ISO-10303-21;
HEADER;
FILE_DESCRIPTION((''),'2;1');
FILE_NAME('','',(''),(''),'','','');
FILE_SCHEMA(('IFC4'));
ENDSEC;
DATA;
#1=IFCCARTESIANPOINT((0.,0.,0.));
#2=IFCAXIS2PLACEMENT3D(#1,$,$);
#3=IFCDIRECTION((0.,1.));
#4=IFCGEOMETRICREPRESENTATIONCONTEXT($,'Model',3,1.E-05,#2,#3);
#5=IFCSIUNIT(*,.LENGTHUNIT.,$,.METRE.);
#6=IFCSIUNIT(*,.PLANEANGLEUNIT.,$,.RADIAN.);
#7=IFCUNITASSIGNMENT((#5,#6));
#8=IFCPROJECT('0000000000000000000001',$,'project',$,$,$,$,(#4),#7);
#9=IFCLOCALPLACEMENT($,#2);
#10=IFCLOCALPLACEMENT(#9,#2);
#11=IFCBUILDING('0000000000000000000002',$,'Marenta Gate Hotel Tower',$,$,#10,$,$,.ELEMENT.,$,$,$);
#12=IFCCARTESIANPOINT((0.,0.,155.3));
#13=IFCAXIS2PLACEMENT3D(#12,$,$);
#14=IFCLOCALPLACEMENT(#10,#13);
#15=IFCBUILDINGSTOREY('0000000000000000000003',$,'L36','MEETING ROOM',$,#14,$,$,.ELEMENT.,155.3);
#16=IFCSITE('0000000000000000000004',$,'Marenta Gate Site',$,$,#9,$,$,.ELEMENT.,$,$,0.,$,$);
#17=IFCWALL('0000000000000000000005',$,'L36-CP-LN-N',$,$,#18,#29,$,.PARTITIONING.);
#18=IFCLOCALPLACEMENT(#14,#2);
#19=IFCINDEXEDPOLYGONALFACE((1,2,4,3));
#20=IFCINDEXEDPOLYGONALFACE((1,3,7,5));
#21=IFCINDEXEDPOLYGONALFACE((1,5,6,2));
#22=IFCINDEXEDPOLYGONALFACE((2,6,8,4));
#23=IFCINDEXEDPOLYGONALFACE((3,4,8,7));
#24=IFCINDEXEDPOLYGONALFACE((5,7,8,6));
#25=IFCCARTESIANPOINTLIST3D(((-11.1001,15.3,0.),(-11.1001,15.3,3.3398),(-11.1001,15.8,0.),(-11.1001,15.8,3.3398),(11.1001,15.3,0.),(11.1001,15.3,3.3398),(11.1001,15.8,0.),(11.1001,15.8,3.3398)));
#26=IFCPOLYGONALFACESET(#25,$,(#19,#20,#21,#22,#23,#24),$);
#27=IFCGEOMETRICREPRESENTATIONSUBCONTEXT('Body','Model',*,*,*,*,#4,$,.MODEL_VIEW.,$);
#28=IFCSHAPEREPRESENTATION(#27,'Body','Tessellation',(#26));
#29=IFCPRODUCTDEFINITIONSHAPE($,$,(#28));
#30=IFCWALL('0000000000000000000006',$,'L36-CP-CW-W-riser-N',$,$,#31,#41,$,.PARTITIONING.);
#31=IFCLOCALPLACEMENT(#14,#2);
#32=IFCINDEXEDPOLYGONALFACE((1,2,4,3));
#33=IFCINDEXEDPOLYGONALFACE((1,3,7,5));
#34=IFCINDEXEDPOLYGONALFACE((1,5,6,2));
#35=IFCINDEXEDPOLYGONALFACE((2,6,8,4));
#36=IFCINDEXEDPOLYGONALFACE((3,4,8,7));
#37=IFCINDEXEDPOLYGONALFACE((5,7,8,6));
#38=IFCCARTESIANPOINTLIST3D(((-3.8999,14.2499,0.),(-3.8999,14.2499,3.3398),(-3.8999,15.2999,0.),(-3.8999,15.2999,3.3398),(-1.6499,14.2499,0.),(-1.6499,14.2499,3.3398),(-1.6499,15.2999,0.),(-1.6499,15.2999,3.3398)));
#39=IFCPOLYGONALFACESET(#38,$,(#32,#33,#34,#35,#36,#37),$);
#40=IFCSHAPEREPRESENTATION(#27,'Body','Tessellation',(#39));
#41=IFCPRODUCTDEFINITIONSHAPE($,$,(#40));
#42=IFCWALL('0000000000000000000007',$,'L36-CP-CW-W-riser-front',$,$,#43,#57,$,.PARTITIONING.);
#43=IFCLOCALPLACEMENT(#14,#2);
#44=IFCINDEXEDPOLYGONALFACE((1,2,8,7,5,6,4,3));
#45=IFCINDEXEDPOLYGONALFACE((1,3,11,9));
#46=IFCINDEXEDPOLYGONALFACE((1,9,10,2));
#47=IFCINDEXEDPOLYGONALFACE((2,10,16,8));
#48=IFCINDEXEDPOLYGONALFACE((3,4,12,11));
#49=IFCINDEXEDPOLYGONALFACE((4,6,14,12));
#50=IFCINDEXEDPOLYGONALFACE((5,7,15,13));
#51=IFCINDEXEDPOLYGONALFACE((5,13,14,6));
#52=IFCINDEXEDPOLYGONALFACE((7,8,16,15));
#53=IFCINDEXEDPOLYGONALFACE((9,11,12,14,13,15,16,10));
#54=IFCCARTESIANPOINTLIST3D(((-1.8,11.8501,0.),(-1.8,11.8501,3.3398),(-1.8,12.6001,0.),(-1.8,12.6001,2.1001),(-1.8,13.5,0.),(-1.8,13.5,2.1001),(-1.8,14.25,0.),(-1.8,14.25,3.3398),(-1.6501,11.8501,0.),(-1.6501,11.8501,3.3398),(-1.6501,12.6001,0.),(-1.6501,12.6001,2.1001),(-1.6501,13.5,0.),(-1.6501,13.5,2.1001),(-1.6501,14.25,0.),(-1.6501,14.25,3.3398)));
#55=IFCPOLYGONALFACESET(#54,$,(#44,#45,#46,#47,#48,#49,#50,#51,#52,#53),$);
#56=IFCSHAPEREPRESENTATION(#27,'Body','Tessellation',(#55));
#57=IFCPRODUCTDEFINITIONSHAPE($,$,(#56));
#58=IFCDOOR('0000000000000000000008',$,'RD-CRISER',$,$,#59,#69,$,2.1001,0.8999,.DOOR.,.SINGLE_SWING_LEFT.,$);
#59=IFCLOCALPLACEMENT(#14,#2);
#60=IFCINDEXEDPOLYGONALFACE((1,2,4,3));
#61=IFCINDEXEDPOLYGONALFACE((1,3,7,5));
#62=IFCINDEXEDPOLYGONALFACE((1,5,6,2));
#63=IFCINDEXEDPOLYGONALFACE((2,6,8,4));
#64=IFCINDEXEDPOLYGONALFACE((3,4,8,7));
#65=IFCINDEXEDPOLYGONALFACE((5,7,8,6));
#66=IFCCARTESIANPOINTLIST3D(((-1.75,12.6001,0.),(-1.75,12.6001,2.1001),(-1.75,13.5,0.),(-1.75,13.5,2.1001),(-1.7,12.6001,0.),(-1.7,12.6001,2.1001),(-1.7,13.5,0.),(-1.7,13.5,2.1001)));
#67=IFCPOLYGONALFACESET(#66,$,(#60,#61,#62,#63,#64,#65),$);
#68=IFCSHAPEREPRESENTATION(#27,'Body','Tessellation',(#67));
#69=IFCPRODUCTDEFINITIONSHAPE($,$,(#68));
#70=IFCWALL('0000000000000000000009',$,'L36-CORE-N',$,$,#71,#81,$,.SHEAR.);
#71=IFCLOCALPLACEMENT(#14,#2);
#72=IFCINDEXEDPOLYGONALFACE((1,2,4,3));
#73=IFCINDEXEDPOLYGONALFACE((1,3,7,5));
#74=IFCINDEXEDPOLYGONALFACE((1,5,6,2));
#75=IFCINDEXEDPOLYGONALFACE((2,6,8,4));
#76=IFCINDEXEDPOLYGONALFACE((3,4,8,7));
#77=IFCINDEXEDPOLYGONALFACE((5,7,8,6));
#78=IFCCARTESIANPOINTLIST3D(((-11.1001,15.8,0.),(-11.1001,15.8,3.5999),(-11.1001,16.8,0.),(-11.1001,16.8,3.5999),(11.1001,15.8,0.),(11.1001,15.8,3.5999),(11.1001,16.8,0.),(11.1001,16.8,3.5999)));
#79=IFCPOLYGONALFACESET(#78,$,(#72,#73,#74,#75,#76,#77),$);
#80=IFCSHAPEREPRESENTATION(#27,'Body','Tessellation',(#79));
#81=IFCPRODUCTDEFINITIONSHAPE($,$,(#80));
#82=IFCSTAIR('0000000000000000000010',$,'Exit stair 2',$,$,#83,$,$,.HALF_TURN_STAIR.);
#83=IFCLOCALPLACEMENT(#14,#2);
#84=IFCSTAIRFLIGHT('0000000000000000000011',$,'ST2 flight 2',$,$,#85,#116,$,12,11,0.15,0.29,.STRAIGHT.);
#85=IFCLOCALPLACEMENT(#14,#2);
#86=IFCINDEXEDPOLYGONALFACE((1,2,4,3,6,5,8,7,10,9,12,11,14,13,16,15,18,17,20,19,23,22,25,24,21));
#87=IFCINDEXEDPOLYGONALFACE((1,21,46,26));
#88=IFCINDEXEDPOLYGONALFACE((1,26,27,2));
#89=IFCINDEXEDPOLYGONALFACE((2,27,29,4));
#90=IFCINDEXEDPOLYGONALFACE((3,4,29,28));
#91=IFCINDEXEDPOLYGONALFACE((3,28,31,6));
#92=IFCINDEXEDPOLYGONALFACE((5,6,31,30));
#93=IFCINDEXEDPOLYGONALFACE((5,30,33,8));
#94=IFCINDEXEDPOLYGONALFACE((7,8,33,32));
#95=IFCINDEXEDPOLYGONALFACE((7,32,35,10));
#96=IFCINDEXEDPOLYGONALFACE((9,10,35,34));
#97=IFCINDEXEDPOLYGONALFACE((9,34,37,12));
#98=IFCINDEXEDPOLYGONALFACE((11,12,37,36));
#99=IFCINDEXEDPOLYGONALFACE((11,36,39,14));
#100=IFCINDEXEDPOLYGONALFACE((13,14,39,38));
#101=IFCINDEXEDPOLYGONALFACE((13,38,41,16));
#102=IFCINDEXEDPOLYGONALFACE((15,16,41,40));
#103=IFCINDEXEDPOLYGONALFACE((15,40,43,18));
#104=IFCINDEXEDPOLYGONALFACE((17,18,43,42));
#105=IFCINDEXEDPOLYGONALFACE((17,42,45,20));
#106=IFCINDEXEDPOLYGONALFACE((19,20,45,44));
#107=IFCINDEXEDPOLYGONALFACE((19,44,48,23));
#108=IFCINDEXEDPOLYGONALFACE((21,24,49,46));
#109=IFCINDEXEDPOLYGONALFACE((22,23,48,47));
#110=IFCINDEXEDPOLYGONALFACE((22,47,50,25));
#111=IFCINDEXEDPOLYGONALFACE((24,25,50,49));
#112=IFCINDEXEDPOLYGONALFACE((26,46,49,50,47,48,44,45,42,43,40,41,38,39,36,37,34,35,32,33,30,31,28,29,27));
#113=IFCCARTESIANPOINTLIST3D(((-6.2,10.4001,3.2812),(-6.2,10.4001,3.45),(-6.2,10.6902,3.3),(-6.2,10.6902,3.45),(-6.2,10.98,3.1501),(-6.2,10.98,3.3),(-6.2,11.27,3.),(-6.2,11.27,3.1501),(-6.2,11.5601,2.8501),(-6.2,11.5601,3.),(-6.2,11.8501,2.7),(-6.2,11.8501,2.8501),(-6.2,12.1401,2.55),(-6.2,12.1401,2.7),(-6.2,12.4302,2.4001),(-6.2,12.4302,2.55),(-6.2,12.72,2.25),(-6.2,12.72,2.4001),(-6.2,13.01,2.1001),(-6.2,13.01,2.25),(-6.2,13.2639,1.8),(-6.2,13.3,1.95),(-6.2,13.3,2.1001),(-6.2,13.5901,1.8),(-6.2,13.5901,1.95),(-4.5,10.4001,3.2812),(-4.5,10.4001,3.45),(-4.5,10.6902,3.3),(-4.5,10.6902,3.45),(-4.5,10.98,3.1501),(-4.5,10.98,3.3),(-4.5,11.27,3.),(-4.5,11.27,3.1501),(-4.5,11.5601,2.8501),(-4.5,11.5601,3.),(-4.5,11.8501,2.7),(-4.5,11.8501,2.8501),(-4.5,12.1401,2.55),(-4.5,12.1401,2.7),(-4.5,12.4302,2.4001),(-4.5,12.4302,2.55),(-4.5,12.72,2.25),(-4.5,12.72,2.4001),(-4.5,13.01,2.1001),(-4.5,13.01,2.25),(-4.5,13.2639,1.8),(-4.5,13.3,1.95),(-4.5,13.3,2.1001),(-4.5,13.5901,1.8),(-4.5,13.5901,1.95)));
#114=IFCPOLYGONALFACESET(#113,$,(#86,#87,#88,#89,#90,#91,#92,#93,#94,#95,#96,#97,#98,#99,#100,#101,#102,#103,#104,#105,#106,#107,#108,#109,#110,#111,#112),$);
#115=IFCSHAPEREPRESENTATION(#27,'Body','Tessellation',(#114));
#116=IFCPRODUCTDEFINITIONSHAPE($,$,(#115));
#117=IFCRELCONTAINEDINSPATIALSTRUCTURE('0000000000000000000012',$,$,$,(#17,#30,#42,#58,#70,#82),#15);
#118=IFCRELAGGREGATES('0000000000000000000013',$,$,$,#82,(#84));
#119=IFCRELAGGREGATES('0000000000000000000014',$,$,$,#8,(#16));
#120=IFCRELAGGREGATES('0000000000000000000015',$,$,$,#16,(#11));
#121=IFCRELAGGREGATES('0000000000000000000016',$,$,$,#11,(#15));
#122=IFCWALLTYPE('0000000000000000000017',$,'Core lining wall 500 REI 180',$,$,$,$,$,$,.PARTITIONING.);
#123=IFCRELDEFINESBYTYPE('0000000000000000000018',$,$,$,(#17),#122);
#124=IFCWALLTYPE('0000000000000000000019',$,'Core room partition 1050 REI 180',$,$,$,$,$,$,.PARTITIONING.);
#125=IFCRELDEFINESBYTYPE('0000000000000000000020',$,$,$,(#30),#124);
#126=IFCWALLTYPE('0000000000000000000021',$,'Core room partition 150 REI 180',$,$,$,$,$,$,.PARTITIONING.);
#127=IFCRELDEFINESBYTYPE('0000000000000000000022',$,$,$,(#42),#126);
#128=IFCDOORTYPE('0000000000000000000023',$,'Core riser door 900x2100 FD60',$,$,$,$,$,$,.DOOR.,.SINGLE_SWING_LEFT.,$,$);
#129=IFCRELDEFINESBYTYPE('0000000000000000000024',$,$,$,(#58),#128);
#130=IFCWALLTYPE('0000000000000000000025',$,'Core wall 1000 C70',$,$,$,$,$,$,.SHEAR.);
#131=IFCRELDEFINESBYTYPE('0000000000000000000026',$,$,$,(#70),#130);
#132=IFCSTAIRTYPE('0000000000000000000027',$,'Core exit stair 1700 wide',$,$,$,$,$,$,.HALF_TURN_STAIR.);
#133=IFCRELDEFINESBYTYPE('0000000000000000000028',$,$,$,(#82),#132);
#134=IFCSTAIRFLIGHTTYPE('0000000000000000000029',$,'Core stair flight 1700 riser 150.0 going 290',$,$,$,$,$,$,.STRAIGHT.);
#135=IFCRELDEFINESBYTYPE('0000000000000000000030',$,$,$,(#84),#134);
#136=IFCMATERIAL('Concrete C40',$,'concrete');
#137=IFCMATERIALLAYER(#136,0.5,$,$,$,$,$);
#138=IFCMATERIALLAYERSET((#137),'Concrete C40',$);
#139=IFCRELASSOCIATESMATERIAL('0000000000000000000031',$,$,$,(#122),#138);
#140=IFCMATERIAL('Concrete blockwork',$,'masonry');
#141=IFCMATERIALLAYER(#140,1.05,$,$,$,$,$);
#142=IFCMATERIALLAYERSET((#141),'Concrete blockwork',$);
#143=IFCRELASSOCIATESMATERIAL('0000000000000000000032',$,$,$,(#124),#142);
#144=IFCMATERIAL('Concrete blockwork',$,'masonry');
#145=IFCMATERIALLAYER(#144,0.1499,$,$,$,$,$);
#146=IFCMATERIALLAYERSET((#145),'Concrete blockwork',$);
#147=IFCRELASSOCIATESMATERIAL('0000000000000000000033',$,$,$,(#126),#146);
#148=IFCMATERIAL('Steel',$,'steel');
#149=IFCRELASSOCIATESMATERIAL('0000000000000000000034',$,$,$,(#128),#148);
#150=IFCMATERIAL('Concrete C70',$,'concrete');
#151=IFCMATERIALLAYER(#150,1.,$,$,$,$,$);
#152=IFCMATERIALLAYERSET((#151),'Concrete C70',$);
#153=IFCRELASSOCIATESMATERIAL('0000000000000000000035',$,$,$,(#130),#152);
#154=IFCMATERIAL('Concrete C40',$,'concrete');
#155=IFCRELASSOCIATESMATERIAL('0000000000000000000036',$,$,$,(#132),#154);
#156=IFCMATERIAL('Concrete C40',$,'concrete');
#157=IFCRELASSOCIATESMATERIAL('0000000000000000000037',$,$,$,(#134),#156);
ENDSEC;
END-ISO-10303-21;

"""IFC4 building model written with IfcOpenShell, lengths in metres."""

from ifc_helpers import new_model, si_unit, direction, frame, frame_2d, origin, place, context, subcontext, project, spatial, polyline, rectangle, outline, extrude, material, layer, layer_set, type_object, element, fill, aggregate, save


model = new_model("IFC4")

# Units and contexts
model_context = context("Model", 3, precision=1e-05, world=origin(), true_north=direction((0.0, 1.0)))
body_context = subcontext(model_context, "Body", "Model", "MODEL_VIEW")
ifc_project = project(units=[si_unit("LENGTHUNIT", "METRE"), si_unit("PLANEANGLEUNIT", "RADIAN")], contexts=[model_context])

# Site, building, storey
site_placement = place(None, origin())
site = spatial("IfcSite", under=ifc_project, at=site_placement, Name="Marenta Gate Site", CompositionType="ELEMENT", RefElevation=0.0)
building_placement = place(site_placement, origin())
building = spatial("IfcBuilding", under=site, at=building_placement, Name="Marenta Gate Hotel Tower", CompositionType="ELEMENT")
storey_placement = place(building_placement, frame((0.0, 0.0, 155.3)))
storey = spatial("IfcBuildingStorey", under=building, at=storey_placement, Name="L36", Description="MEETING ROOM", CompositionType="ELEMENT", Elevation=155.3)

# Walls
ifc_material_1 = material(Name="Concrete C40", Category="concrete")
ifc_layer_1 = layer(ifc_material_1, 0.5)
ifc_layer_set_1 = layer_set([ifc_layer_1], Name="Concrete C40")
wall_type_1 = type_object("IfcWallType", Name="Core lining wall 500 REI 180", PredefinedType="PARTITIONING", material=ifc_layer_set_1)
wall_1_placement = place(storey_placement, frame((-11.1001, 15.55, 0.0), z_axis=(0.0, 0.0, 1.0), x_axis=(1.0, 0.0, 0.0)))
element("IfcWall", 1, at=wall_1_placement, inside=storey, type_object=wall_type_1, Name="L36-CP-LN-N", PredefinedType="PARTITIONING", context=body_context, shape_type="SweptSolid", body=[
    extrude(rectangle(XDim=22.2002, YDim=0.5, at=frame_2d((11.1001, 0.0))), origin(), (0.0, 0.0, 1.0), 3.3398),
])
ifc_material_2 = material(Name="Concrete blockwork", Category="masonry")
ifc_layer_2 = layer(ifc_material_2, 1.05)
ifc_layer_set_2 = layer_set([ifc_layer_2], Name="Concrete blockwork")
wall_type_2 = type_object("IfcWallType", Name="Core room partition 1050 REI 180", PredefinedType="PARTITIONING", material=ifc_layer_set_2)
wall_2_placement = place(storey_placement, frame((-3.8999, 14.7749, 0.0), z_axis=(0.0, 0.0, 1.0), x_axis=(1.0, 0.0, 0.0)))
element("IfcWall", 2, at=wall_2_placement, inside=storey, type_object=wall_type_2, Name="L36-CP-CW-W-riser-N", PredefinedType="PARTITIONING", context=body_context, shape_type="SweptSolid", body=[
    extrude(rectangle(XDim=2.25, YDim=1.05, at=frame_2d((1.125, 0.0))), origin(), (0.0, 0.0, 1.0), 3.3398),
])

# Wall, opening, door
ifc_material_3 = material(Name="Concrete blockwork", Category="masonry")
ifc_layer_3 = layer(ifc_material_3, 0.1499)
ifc_layer_set_3 = layer_set([ifc_layer_3], Name="Concrete blockwork")
wall_type_3 = type_object("IfcWallType", Name="Core room partition 150 REI 180", PredefinedType="PARTITIONING", material=ifc_layer_set_3)
wall_3_placement = place(storey_placement, frame((-1.7251, 11.8501, 0.0), z_axis=(0.0, 0.0, 1.0), x_axis=(0.0, 1.0, 0.0)))
wall_3 = element("IfcWall", 3, at=wall_3_placement, inside=storey, type_object=wall_type_3, Name="L36-CP-CW-W-riser-front", PredefinedType="PARTITIONING", context=body_context, shape_type="SweptSolid", body=[
    extrude(rectangle(XDim=2.3999, YDim=0.1499, at=frame_2d((1.2, 0.0))), origin(), (0.0, 0.0, 1.0), 3.3398),
])
opening_1_placement = place(wall_3_placement, frame((0.75, 0.0, 0.0)))
opening_1 = element("IfcOpeningElement", 4, at=opening_1_placement, cuts=wall_3, PredefinedType="OPENING", context=body_context, shape_type="SweptSolid", body=[
    extrude(rectangle(XDim=0.8999, YDim=2.1001, at=frame_2d((0.45, 1.05))), frame((0.0, 0.075, 0.0), z_axis=(0.0, -1.0, 0.0), x_axis=(1.0, 0.0, 0.0)), (0.0, 0.0, 1.0), 0.1499),
])
ifc_material_4 = material(Name="Steel", Category="steel")
door_type_1 = type_object("IfcDoorType", Name="Core riser door 900x2100 FD60", OperationType="SINGLE_SWING_LEFT", PredefinedType="DOOR", material=ifc_material_4)
door_1_placement = place(opening_1_placement, origin())
door_1 = element("IfcDoor", 5, at=door_1_placement, inside=storey, type_object=door_type_1, Name="RD-CRISER", OperationType="SINGLE_SWING_LEFT", OverallHeight=2.1001, OverallWidth=0.8999, PredefinedType="DOOR", context=body_context, shape_type="SweptSolid", body=[
    extrude(rectangle(XDim=0.8999, YDim=2.1001, at=frame_2d((0.45, 1.05))), frame((0.0, 0.0249, 0.0), z_axis=(0.0, -1.0, 0.0), x_axis=(1.0, 0.0, 0.0)), (0.0, 0.0, 1.0), 0.05),
])
fill(opening_1, door_1)

# Wall
ifc_material_5 = material(Name="Concrete C70", Category="concrete")
ifc_layer_4 = layer(ifc_material_5, 1.0)
ifc_layer_set_4 = layer_set([ifc_layer_4], Name="Concrete C70")
wall_type_4 = type_object("IfcWallType", Name="Core wall 1000 C70", PredefinedType="SHEAR", material=ifc_layer_set_4)
wall_4_placement = place(storey_placement, frame((-11.1001, 16.3, 0.0), z_axis=(0.0, 0.0, 1.0), x_axis=(1.0, 0.0, 0.0)))
element("IfcWall", 6, at=wall_4_placement, inside=storey, type_object=wall_type_4, Name="L36-CORE-N", PredefinedType="SHEAR", context=body_context, shape_type="SweptSolid", body=[
    extrude(rectangle(XDim=22.2002, YDim=1.0, at=frame_2d((11.1001, 0.0))), origin(), (0.0, 0.0, 1.0), 3.5999),
])

# Stair, stair flight
ifc_material_6 = material(Name="Concrete C40", Category="concrete")
stair_type = type_object("IfcStairType", Name="Core exit stair 1700 wide", PredefinedType="HALF_TURN_STAIR", material=ifc_material_6)
stair_placement = place(storey_placement, origin())
stair = element("IfcStair", 7, at=stair_placement, inside=storey, type_object=stair_type, Name="Exit stair 2", PredefinedType="HALF_TURN_STAIR")
ifc_material_7 = material(Name="Concrete C40", Category="concrete")
stair_flight_type = type_object("IfcStairFlightType", Name="Core stair flight 1700 riser 150.0 going 290", PredefinedType="STRAIGHT", material=ifc_material_7)
stair_flight_placement = place(storey_placement, frame((-5.3501, 13.5901, 1.8), z_axis=(0.0, 0.0, 1.0), x_axis=(0.0, -1.0, 0.0)))
stair_flight = element("IfcStairFlight", 8, at=stair_flight_placement, type_object=stair_flight_type, Name="ST2 flight 2", NumberOfRisers=12, NumberOfTreads=11, PredefinedType="STRAIGHT", RiserHeight=0.15, TreadLength=0.29, context=body_context, shape_type="SweptSolid", body=[
    extrude(outline(polyline([(0.0, 0.0), (0.0, 0.1499), (0.29, 0.1499), (0.29, 0.3), (0.5801, 0.3), (0.5801, 0.45), (0.8701, 0.45), (0.8701, 0.6001), (1.1599, 0.6001), (1.1599, 0.75), (1.45, 0.75), (1.45, 0.8999), (1.74, 0.8999), (1.74, 1.05), (2.03, 1.05), (2.03, 1.2), (2.3201, 1.2), (2.3201, 1.3501), (2.6101, 1.3501), (2.6101, 1.5), (2.8999, 1.5), (2.8999, 1.6499), (3.1899, 1.6499), (3.1899, 1.8), (3.1899, 1.4812), (0.3262, 0.0), (0.0, 0.0)])), frame((0.0, 0.8501, 0.0), z_axis=(0.0, -1.0, 0.0), x_axis=(1.0, 0.0, 0.0)), (0.0, 0.0, 1.0), 1.7),
])
aggregate(stair, [stair_flight])

save(model, "model.ifc")
